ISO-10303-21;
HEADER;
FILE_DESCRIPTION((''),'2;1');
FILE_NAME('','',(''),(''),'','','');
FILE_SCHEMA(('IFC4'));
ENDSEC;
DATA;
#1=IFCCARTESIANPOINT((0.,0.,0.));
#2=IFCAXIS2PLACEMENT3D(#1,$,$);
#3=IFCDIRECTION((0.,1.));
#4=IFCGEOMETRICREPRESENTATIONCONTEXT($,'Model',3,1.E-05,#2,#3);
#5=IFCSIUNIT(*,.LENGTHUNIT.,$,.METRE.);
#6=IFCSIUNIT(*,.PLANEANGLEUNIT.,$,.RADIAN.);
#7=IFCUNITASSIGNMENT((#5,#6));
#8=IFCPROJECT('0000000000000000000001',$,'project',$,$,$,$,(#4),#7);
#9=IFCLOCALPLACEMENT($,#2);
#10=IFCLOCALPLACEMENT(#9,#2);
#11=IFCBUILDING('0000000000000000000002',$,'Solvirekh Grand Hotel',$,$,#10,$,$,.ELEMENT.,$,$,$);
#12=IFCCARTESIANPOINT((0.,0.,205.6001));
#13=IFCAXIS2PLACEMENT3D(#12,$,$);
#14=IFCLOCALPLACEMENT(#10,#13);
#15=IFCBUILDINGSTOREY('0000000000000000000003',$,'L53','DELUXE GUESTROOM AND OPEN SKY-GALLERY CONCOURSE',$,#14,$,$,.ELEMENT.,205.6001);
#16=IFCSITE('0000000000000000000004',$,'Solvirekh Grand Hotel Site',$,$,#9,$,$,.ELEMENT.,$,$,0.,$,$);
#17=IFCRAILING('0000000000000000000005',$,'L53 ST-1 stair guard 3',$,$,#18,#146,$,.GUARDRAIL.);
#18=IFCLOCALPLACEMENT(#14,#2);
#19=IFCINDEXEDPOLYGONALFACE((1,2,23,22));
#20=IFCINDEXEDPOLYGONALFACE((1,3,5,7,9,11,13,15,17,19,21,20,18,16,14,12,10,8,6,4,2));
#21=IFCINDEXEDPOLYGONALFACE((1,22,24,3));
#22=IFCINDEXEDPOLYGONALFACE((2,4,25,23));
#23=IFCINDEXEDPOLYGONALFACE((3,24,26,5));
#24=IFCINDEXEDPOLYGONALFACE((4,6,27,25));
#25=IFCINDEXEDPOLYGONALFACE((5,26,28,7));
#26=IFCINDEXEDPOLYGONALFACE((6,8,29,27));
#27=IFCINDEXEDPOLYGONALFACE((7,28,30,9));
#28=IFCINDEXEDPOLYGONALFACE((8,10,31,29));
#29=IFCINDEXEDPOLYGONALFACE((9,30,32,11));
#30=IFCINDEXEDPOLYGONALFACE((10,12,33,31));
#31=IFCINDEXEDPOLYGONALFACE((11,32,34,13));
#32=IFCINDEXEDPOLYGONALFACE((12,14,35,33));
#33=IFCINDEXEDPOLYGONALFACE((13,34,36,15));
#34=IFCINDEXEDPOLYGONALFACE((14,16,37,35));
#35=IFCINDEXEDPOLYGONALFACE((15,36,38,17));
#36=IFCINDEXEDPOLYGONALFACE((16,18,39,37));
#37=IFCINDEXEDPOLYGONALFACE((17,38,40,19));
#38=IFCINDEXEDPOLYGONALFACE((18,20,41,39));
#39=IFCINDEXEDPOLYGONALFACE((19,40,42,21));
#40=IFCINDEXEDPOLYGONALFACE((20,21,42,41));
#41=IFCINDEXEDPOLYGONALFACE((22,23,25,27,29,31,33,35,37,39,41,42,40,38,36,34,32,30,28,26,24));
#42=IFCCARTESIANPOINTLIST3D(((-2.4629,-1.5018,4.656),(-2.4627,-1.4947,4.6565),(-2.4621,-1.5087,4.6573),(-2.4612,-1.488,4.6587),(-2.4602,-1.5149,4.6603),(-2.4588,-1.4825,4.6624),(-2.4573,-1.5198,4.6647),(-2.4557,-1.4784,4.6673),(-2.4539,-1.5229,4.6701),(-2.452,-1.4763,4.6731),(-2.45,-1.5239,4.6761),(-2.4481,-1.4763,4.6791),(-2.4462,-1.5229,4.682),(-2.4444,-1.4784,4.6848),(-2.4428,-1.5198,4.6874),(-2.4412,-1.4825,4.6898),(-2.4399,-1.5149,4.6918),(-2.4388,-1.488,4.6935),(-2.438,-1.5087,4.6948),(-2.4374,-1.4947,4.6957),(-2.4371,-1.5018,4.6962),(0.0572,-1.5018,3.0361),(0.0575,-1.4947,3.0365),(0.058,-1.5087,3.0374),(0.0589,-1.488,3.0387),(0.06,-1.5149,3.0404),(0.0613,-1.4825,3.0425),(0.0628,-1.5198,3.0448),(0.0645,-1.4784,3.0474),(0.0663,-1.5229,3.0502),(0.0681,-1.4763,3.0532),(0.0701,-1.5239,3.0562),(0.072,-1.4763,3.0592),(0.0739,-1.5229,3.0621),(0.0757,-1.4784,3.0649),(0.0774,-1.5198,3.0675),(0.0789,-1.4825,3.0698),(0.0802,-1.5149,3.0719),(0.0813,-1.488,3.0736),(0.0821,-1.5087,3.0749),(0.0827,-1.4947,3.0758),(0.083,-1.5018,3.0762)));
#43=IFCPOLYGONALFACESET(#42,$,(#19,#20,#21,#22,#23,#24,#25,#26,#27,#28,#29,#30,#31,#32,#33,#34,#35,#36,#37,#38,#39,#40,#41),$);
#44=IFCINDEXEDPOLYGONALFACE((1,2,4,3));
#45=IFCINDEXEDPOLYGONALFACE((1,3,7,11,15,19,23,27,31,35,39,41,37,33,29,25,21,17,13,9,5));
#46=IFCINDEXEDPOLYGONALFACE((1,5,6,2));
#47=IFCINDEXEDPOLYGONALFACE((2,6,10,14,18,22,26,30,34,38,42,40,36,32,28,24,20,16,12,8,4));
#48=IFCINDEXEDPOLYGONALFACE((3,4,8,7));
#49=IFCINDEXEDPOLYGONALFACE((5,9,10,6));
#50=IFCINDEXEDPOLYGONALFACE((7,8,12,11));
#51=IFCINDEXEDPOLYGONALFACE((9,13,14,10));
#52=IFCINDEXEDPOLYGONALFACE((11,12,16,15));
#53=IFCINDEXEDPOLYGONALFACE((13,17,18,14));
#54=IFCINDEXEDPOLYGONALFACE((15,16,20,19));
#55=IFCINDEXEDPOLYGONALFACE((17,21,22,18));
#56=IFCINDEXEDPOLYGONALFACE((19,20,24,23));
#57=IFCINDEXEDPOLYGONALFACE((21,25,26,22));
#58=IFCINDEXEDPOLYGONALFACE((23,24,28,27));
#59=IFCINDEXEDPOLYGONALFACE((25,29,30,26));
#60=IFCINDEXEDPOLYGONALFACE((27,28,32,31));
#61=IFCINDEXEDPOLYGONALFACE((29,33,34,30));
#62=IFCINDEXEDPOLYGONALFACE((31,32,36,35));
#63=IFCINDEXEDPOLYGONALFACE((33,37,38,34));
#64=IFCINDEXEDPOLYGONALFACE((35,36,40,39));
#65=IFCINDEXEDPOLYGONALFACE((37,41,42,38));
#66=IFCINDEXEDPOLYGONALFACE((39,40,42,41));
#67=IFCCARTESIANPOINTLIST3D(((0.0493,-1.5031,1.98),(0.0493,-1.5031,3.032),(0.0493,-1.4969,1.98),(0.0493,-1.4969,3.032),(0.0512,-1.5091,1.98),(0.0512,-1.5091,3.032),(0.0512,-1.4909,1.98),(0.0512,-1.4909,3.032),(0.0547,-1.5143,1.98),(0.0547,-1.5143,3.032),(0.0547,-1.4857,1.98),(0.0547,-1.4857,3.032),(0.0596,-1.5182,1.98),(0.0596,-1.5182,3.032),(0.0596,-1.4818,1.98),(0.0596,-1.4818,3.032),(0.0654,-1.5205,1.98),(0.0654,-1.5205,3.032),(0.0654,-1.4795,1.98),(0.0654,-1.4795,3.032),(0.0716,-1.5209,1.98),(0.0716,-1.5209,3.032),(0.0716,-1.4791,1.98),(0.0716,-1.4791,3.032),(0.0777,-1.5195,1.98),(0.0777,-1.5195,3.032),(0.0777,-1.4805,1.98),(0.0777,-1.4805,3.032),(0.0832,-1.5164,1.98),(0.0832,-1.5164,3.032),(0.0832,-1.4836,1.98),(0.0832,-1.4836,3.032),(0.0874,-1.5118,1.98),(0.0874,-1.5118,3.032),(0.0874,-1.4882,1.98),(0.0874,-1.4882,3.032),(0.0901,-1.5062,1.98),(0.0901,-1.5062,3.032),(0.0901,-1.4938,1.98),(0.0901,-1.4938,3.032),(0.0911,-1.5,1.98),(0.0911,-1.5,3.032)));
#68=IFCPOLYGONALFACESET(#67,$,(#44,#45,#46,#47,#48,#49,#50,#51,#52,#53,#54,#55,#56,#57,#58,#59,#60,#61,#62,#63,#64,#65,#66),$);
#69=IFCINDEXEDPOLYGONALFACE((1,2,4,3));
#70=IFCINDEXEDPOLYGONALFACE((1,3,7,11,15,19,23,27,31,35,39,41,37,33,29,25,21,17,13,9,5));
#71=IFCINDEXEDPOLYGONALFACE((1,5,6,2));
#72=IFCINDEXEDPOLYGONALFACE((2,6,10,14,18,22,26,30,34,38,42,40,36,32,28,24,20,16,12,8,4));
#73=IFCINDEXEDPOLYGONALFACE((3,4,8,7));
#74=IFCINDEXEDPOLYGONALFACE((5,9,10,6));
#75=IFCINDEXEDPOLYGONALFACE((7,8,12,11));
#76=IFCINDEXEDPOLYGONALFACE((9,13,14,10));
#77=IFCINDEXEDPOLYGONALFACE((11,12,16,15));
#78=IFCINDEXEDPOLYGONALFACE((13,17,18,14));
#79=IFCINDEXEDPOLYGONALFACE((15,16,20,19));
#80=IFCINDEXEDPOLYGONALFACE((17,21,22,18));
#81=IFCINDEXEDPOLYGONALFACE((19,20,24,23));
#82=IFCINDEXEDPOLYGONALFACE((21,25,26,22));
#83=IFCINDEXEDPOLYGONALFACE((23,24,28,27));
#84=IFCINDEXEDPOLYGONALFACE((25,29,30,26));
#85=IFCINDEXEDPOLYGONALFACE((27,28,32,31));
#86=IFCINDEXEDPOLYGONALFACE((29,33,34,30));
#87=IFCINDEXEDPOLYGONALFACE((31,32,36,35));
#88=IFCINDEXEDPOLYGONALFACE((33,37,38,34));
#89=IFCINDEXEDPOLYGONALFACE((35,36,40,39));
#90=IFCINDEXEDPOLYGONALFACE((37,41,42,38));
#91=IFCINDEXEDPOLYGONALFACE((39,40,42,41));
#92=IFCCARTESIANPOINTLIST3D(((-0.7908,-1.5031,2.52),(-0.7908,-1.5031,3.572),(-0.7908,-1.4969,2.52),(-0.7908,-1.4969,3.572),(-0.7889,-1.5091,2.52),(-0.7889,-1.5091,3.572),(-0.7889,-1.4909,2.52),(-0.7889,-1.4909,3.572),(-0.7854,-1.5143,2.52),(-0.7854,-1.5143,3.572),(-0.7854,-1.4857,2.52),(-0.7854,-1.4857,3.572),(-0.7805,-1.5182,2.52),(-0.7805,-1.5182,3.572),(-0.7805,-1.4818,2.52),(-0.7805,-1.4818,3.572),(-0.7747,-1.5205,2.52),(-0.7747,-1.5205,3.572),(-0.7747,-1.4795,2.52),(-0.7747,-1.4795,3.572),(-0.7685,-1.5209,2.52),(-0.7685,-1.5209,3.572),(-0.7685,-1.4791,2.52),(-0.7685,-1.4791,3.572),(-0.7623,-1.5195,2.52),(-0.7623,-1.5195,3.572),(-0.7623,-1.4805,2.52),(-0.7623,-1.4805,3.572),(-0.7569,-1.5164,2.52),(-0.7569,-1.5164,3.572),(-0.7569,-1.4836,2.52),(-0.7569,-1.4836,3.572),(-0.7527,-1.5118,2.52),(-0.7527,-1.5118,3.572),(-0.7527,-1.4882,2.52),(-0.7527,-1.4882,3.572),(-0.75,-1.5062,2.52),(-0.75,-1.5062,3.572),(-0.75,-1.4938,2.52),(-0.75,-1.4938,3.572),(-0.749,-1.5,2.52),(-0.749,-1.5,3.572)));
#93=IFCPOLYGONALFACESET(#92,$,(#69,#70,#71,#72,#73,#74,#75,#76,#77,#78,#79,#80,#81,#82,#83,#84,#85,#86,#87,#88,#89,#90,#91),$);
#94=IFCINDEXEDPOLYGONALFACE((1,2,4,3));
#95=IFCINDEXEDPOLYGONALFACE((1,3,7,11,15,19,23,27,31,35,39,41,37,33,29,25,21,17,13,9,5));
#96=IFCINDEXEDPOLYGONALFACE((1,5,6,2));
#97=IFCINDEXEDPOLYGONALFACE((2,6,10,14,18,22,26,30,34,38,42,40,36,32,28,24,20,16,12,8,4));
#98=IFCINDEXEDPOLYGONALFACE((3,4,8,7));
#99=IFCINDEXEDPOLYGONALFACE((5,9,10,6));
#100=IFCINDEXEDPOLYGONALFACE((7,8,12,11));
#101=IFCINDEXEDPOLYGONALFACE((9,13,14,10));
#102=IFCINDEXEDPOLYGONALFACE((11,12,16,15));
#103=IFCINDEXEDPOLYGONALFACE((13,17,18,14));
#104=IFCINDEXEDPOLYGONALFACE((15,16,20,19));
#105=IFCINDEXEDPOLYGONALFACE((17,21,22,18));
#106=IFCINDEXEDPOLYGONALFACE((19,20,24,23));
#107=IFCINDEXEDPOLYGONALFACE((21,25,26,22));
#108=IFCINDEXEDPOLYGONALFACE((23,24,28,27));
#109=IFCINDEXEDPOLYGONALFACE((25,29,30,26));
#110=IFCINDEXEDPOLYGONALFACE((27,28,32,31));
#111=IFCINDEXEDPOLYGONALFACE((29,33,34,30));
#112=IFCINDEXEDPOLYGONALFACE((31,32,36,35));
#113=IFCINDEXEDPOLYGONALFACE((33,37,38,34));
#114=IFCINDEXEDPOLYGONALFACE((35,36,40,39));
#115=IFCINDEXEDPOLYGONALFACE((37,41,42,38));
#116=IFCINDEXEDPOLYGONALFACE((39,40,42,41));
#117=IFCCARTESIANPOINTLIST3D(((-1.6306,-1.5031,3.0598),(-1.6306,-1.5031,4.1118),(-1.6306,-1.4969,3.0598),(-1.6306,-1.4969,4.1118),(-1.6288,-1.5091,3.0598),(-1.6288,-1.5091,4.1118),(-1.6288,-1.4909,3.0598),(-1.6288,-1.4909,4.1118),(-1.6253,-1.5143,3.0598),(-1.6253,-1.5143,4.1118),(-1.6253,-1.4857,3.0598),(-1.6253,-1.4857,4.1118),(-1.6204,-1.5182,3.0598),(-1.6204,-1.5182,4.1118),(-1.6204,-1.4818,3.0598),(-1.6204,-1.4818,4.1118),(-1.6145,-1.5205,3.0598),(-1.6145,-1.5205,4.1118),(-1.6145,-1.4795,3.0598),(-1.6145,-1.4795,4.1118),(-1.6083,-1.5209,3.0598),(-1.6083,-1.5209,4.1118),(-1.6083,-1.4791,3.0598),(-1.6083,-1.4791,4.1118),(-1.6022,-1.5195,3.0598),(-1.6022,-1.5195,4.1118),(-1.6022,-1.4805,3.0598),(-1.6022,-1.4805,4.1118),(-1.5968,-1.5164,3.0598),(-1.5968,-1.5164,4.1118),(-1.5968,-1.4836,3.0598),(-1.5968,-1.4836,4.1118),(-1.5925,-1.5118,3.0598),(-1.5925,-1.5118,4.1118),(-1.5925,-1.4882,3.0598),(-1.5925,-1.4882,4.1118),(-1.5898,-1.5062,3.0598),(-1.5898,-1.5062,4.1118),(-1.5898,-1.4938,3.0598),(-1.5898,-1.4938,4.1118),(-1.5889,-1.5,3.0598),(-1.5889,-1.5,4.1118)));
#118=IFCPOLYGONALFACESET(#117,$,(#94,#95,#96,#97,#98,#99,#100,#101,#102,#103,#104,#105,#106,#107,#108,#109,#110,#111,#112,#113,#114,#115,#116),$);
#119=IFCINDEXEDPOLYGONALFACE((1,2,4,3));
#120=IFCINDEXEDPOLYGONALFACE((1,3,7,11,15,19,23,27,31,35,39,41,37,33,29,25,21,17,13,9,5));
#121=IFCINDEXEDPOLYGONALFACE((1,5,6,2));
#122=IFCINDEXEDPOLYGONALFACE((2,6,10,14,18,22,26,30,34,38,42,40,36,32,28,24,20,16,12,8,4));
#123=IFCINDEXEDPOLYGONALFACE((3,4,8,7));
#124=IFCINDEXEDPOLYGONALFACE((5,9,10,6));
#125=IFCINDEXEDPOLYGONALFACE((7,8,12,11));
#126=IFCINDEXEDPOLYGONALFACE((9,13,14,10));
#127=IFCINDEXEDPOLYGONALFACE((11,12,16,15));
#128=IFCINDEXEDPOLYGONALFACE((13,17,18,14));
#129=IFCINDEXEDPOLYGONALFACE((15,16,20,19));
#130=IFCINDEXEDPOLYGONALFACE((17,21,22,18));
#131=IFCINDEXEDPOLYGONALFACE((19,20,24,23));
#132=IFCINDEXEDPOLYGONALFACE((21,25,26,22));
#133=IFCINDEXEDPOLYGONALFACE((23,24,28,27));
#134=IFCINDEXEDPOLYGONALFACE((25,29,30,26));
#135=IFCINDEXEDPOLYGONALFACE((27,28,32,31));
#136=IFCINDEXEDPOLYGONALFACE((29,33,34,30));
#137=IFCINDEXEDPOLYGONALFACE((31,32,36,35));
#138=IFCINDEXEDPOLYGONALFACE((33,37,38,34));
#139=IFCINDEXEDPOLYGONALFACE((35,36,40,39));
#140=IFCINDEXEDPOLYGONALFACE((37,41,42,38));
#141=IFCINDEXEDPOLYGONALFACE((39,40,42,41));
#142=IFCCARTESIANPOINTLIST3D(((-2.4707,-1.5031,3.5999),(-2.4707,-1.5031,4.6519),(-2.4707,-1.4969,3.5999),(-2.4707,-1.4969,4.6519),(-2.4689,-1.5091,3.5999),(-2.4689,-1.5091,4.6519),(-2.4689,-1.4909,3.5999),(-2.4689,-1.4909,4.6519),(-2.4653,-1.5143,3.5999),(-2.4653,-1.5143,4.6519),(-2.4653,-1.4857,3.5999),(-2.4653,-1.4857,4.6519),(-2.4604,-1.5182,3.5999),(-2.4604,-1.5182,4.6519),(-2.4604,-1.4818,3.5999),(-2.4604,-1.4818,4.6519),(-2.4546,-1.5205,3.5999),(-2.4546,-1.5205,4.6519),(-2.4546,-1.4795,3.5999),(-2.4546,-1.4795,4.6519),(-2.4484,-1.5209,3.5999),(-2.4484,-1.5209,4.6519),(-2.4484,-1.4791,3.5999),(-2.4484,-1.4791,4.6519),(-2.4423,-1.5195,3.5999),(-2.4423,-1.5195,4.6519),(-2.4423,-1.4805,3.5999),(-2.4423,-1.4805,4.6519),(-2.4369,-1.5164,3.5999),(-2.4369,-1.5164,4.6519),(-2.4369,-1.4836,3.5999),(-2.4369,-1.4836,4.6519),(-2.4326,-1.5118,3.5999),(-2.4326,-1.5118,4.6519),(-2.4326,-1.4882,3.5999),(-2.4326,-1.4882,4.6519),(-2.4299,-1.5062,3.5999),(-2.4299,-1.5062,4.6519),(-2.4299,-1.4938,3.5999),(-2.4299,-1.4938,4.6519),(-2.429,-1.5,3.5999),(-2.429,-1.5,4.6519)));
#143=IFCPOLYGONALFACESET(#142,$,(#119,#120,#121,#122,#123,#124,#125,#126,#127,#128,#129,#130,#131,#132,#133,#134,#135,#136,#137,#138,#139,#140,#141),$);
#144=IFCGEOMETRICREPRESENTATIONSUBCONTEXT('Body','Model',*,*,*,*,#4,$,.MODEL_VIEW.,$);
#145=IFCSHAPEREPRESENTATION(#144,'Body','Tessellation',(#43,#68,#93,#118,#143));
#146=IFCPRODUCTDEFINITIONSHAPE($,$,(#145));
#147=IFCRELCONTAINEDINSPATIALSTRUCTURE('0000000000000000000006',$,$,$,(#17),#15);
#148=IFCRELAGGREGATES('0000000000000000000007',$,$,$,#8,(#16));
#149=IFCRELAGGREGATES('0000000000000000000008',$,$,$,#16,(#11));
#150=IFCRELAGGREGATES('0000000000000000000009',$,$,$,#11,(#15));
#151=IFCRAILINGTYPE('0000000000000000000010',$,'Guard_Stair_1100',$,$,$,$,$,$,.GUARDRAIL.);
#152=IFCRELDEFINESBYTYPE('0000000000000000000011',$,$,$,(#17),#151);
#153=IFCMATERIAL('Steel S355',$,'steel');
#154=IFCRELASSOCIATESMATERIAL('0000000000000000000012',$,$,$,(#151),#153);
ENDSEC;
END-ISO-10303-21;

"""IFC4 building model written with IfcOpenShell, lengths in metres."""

from ifc_helpers import new_model, si_unit, direction, frame, origin, origin_2d, place, context, subcontext, project, spatial, circle, extrude, material, type_object, element, save


model = new_model("IFC4")

# Units and contexts
model_context = context("Model", 3, precision=1e-05, world=origin(), true_north=direction((0.0, 1.0)))
body_context = subcontext(model_context, "Body", "Model", "MODEL_VIEW")
ifc_project = project(units=[si_unit("LENGTHUNIT", "METRE"), si_unit("PLANEANGLEUNIT", "RADIAN")], contexts=[model_context])

# Site, building, storey
site_placement = place(None, origin())
site = spatial("IfcSite", under=ifc_project, at=site_placement, Name="Solvirekh Grand Hotel Site", CompositionType="ELEMENT", RefElevation=0.0)
building_placement = place(site_placement, origin())
building = spatial("IfcBuilding", under=site, at=building_placement, Name="Solvirekh Grand Hotel", CompositionType="ELEMENT")
storey_placement = place(building_placement, frame((0.0, 0.0, 205.6001)))
storey = spatial("IfcBuildingStorey", under=building, at=storey_placement, Name="L53", Description="DELUXE GUESTROOM AND OPEN SKY-GALLERY CONCOURSE", CompositionType="ELEMENT", Elevation=205.6001)

# Shared definitions
ifc_material_1 = material(Name="Steel S355", Category="steel")

# Railing
railing_type_1 = type_object("IfcRailingType", Name="Guard_Stair_1100", PredefinedType="GUARDRAIL", material=ifc_material_1)
railing_1_placement = place(storey_placement, frame((0.0701, -1.5, 1.98)))
element("IfcRailing", 1, at=railing_1_placement, inside=storey, type_object=railing_type_1, Name="L53 ST-1 stair guard 3", PredefinedType="GUARDRAIL", context=body_context, shape_type="SweptSolid", body=[
    extrude(circle(Radius=0.0239, at=origin_2d()), frame((0.0, 0.0, 1.0762), z_axis=(-0.8412, 0.0, 0.540725), x_axis=(0.0, -1.0, 0.0)), (0.0, 0.0, 1.0), 2.9958),
    extrude(circle(Radius=0.021, at=origin_2d()), origin(), (0.0, 0.0, 1.0), 1.052),
    extrude(circle(Radius=0.021, at=origin_2d()), frame((-0.8401, 0.0, 0.54)), (0.0, 0.0, 1.0), 1.052),
    extrude(circle(Radius=0.021, at=origin_2d()), frame((-1.6799, 0.0, 1.0798)), (0.0, 0.0, 1.0), 1.052),
    extrude(circle(Radius=0.021, at=origin_2d()), frame((-2.52, 0.0, 1.6199)), (0.0, 0.0, 1.0), 1.052),
])

save(model, "model.ifc")
